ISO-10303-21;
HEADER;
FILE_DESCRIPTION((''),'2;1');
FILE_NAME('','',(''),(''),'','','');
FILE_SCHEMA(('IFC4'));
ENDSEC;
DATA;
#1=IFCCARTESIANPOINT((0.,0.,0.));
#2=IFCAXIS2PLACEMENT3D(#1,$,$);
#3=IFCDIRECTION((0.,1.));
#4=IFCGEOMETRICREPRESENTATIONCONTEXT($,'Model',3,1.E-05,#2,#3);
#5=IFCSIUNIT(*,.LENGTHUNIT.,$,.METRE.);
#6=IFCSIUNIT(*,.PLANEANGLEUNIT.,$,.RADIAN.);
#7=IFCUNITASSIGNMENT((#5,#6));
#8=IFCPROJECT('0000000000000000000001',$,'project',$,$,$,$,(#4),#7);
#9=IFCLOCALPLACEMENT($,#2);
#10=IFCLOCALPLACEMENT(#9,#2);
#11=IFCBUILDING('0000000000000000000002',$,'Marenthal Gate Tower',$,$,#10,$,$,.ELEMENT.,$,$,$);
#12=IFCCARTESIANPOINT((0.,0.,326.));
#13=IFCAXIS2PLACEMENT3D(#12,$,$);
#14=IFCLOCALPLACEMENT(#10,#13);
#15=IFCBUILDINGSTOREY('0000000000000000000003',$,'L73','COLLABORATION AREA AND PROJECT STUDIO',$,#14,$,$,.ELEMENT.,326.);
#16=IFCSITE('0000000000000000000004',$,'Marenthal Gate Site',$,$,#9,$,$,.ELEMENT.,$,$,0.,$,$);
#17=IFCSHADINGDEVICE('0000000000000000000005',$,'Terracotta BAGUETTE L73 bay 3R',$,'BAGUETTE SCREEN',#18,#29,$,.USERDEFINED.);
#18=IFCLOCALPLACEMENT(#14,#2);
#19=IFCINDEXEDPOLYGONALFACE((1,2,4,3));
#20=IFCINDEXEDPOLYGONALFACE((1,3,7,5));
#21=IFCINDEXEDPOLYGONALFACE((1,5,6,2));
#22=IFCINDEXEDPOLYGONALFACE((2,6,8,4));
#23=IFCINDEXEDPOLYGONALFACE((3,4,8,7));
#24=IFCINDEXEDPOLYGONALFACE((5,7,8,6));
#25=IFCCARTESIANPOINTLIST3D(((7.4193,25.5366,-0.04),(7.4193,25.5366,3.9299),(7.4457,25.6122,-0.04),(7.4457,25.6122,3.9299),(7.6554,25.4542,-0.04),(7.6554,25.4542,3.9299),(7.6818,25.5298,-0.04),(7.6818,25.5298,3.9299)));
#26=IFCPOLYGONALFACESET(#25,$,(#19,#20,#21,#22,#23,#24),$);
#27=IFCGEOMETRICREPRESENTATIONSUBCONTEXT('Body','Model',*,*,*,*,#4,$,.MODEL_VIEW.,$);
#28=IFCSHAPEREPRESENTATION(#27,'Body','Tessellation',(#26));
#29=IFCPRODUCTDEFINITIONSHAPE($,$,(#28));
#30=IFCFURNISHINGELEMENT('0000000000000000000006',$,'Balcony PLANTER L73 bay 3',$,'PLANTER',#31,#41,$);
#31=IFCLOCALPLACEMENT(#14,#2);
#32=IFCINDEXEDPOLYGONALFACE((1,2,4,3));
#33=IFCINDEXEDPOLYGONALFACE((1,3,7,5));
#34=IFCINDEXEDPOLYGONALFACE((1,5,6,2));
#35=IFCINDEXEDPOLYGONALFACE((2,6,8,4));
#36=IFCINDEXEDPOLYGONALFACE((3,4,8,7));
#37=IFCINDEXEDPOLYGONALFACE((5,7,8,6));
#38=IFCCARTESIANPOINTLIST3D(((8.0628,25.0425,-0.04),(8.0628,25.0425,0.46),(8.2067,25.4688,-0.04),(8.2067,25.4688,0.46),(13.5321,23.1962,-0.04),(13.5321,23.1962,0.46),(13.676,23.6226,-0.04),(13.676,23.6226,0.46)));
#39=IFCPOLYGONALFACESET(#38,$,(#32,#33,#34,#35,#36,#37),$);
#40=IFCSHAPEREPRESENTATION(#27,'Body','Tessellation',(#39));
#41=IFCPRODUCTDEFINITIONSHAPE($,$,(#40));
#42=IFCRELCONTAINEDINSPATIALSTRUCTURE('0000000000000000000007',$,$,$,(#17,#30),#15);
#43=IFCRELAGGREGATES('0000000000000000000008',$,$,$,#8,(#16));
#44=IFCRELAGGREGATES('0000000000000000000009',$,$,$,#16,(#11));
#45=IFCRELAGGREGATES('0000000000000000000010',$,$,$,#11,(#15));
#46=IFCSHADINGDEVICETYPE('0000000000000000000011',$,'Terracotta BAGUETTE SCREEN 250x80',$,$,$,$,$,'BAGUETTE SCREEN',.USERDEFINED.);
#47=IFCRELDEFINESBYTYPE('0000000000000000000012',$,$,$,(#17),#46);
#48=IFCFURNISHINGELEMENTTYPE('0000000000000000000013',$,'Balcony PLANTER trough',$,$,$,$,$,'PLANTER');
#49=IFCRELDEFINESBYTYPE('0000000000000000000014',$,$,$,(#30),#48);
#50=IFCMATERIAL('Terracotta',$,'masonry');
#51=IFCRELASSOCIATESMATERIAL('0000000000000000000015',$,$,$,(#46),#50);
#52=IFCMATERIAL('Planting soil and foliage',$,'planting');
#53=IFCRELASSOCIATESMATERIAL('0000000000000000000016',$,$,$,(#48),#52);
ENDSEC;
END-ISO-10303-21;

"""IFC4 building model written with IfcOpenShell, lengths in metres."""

from ifc_helpers import new_model, si_unit, direction, frame, origin, origin_2d, place, context, subcontext, project, spatial, rectangle, extrude, material, material_profile, profile_set, type_object, element, save


model = new_model("IFC4")

# Units and contexts
model_context = context("Model", 3, precision=1e-05, world=origin(), true_north=direction((0.0, 1.0)))
body_context = subcontext(model_context, "Body", "Model", "MODEL_VIEW")
ifc_project = project(units=[si_unit("LENGTHUNIT", "METRE"), si_unit("PLANEANGLEUNIT", "RADIAN")], contexts=[model_context])

# Site, building, storey
site_placement = place(None, origin())
site = spatial("IfcSite", under=ifc_project, at=site_placement, Name="Marenthal Gate Site", CompositionType="ELEMENT", RefElevation=0.0)
building_placement = place(site_placement, origin())
building = spatial("IfcBuilding", under=site, at=building_placement, Name="Marenthal Gate Tower", CompositionType="ELEMENT")
storey_placement = place(building_placement, frame((0.0, 0.0, 326.0)))
storey = spatial("IfcBuildingStorey", under=building, at=storey_placement, Name="L73", Description="COLLABORATION AREA AND PROJECT STUDIO", CompositionType="ELEMENT", Elevation=326.0)

# Shading device
ifc_material_1 = material(Name="Terracotta", Category="masonry")
ifc_material_profile_1 = material_profile(ifc_material_1, rectangle(XDim=0.25, YDim=0.0801, at=origin_2d()), Name="Terracotta baguette 250x80")
ifc_profile_set_1 = profile_set([ifc_material_profile_1], Name="Terracotta")
shading_device_type = type_object("IfcShadingDeviceType", Name="Terracotta BAGUETTE SCREEN 250x80", ElementType="BAGUETTE SCREEN", PredefinedType="USERDEFINED", material=ifc_profile_set_1)
shading_device_placement = place(storey_placement, frame((7.5505, 25.5332, -0.04), z_axis=(0.0, 0.0, 1.0), x_axis=(-0.944214, 0.329333, 0.0)))
element("IfcShadingDevice", 1, at=shading_device_placement, inside=storey, type_object=shading_device_type, Name="Terracotta BAGUETTE L73 bay 3R", ObjectType="BAGUETTE SCREEN", PredefinedType="USERDEFINED", context=body_context, shape_type="SweptSolid", body=[
    extrude(rectangle(XDim=0.25, YDim=0.0801, at=origin_2d()), origin(), (0.0, 0.0, 1.0), 3.97),
])

# Furnishing element
ifc_material_2 = material(Name="Planting soil and foliage", Category="planting")
furnishing_element_type = type_object("IfcFurnishingElementType", Name="Balcony PLANTER trough", ElementType="PLANTER", material=ifc_material_2)
furnishing_placement = place(storey_placement, frame((10.8694, 24.3325, -0.04), z_axis=(0.0, 0.0, 1.0), x_axis=(-0.947473, 0.319835, 0.0)))
element("IfcFurnishingElement", 2, at=furnishing_placement, inside=storey, type_object=furnishing_element_type, Name="Balcony PLANTER L73 bay 3", ObjectType="PLANTER", context=body_context, shape_type="SweptSolid", body=[
    extrude(rectangle(XDim=5.7725, YDim=0.45, at=origin_2d()), origin(), (0.0, 0.0, 1.0), 0.5),
])

save(model, "model.ifc")
